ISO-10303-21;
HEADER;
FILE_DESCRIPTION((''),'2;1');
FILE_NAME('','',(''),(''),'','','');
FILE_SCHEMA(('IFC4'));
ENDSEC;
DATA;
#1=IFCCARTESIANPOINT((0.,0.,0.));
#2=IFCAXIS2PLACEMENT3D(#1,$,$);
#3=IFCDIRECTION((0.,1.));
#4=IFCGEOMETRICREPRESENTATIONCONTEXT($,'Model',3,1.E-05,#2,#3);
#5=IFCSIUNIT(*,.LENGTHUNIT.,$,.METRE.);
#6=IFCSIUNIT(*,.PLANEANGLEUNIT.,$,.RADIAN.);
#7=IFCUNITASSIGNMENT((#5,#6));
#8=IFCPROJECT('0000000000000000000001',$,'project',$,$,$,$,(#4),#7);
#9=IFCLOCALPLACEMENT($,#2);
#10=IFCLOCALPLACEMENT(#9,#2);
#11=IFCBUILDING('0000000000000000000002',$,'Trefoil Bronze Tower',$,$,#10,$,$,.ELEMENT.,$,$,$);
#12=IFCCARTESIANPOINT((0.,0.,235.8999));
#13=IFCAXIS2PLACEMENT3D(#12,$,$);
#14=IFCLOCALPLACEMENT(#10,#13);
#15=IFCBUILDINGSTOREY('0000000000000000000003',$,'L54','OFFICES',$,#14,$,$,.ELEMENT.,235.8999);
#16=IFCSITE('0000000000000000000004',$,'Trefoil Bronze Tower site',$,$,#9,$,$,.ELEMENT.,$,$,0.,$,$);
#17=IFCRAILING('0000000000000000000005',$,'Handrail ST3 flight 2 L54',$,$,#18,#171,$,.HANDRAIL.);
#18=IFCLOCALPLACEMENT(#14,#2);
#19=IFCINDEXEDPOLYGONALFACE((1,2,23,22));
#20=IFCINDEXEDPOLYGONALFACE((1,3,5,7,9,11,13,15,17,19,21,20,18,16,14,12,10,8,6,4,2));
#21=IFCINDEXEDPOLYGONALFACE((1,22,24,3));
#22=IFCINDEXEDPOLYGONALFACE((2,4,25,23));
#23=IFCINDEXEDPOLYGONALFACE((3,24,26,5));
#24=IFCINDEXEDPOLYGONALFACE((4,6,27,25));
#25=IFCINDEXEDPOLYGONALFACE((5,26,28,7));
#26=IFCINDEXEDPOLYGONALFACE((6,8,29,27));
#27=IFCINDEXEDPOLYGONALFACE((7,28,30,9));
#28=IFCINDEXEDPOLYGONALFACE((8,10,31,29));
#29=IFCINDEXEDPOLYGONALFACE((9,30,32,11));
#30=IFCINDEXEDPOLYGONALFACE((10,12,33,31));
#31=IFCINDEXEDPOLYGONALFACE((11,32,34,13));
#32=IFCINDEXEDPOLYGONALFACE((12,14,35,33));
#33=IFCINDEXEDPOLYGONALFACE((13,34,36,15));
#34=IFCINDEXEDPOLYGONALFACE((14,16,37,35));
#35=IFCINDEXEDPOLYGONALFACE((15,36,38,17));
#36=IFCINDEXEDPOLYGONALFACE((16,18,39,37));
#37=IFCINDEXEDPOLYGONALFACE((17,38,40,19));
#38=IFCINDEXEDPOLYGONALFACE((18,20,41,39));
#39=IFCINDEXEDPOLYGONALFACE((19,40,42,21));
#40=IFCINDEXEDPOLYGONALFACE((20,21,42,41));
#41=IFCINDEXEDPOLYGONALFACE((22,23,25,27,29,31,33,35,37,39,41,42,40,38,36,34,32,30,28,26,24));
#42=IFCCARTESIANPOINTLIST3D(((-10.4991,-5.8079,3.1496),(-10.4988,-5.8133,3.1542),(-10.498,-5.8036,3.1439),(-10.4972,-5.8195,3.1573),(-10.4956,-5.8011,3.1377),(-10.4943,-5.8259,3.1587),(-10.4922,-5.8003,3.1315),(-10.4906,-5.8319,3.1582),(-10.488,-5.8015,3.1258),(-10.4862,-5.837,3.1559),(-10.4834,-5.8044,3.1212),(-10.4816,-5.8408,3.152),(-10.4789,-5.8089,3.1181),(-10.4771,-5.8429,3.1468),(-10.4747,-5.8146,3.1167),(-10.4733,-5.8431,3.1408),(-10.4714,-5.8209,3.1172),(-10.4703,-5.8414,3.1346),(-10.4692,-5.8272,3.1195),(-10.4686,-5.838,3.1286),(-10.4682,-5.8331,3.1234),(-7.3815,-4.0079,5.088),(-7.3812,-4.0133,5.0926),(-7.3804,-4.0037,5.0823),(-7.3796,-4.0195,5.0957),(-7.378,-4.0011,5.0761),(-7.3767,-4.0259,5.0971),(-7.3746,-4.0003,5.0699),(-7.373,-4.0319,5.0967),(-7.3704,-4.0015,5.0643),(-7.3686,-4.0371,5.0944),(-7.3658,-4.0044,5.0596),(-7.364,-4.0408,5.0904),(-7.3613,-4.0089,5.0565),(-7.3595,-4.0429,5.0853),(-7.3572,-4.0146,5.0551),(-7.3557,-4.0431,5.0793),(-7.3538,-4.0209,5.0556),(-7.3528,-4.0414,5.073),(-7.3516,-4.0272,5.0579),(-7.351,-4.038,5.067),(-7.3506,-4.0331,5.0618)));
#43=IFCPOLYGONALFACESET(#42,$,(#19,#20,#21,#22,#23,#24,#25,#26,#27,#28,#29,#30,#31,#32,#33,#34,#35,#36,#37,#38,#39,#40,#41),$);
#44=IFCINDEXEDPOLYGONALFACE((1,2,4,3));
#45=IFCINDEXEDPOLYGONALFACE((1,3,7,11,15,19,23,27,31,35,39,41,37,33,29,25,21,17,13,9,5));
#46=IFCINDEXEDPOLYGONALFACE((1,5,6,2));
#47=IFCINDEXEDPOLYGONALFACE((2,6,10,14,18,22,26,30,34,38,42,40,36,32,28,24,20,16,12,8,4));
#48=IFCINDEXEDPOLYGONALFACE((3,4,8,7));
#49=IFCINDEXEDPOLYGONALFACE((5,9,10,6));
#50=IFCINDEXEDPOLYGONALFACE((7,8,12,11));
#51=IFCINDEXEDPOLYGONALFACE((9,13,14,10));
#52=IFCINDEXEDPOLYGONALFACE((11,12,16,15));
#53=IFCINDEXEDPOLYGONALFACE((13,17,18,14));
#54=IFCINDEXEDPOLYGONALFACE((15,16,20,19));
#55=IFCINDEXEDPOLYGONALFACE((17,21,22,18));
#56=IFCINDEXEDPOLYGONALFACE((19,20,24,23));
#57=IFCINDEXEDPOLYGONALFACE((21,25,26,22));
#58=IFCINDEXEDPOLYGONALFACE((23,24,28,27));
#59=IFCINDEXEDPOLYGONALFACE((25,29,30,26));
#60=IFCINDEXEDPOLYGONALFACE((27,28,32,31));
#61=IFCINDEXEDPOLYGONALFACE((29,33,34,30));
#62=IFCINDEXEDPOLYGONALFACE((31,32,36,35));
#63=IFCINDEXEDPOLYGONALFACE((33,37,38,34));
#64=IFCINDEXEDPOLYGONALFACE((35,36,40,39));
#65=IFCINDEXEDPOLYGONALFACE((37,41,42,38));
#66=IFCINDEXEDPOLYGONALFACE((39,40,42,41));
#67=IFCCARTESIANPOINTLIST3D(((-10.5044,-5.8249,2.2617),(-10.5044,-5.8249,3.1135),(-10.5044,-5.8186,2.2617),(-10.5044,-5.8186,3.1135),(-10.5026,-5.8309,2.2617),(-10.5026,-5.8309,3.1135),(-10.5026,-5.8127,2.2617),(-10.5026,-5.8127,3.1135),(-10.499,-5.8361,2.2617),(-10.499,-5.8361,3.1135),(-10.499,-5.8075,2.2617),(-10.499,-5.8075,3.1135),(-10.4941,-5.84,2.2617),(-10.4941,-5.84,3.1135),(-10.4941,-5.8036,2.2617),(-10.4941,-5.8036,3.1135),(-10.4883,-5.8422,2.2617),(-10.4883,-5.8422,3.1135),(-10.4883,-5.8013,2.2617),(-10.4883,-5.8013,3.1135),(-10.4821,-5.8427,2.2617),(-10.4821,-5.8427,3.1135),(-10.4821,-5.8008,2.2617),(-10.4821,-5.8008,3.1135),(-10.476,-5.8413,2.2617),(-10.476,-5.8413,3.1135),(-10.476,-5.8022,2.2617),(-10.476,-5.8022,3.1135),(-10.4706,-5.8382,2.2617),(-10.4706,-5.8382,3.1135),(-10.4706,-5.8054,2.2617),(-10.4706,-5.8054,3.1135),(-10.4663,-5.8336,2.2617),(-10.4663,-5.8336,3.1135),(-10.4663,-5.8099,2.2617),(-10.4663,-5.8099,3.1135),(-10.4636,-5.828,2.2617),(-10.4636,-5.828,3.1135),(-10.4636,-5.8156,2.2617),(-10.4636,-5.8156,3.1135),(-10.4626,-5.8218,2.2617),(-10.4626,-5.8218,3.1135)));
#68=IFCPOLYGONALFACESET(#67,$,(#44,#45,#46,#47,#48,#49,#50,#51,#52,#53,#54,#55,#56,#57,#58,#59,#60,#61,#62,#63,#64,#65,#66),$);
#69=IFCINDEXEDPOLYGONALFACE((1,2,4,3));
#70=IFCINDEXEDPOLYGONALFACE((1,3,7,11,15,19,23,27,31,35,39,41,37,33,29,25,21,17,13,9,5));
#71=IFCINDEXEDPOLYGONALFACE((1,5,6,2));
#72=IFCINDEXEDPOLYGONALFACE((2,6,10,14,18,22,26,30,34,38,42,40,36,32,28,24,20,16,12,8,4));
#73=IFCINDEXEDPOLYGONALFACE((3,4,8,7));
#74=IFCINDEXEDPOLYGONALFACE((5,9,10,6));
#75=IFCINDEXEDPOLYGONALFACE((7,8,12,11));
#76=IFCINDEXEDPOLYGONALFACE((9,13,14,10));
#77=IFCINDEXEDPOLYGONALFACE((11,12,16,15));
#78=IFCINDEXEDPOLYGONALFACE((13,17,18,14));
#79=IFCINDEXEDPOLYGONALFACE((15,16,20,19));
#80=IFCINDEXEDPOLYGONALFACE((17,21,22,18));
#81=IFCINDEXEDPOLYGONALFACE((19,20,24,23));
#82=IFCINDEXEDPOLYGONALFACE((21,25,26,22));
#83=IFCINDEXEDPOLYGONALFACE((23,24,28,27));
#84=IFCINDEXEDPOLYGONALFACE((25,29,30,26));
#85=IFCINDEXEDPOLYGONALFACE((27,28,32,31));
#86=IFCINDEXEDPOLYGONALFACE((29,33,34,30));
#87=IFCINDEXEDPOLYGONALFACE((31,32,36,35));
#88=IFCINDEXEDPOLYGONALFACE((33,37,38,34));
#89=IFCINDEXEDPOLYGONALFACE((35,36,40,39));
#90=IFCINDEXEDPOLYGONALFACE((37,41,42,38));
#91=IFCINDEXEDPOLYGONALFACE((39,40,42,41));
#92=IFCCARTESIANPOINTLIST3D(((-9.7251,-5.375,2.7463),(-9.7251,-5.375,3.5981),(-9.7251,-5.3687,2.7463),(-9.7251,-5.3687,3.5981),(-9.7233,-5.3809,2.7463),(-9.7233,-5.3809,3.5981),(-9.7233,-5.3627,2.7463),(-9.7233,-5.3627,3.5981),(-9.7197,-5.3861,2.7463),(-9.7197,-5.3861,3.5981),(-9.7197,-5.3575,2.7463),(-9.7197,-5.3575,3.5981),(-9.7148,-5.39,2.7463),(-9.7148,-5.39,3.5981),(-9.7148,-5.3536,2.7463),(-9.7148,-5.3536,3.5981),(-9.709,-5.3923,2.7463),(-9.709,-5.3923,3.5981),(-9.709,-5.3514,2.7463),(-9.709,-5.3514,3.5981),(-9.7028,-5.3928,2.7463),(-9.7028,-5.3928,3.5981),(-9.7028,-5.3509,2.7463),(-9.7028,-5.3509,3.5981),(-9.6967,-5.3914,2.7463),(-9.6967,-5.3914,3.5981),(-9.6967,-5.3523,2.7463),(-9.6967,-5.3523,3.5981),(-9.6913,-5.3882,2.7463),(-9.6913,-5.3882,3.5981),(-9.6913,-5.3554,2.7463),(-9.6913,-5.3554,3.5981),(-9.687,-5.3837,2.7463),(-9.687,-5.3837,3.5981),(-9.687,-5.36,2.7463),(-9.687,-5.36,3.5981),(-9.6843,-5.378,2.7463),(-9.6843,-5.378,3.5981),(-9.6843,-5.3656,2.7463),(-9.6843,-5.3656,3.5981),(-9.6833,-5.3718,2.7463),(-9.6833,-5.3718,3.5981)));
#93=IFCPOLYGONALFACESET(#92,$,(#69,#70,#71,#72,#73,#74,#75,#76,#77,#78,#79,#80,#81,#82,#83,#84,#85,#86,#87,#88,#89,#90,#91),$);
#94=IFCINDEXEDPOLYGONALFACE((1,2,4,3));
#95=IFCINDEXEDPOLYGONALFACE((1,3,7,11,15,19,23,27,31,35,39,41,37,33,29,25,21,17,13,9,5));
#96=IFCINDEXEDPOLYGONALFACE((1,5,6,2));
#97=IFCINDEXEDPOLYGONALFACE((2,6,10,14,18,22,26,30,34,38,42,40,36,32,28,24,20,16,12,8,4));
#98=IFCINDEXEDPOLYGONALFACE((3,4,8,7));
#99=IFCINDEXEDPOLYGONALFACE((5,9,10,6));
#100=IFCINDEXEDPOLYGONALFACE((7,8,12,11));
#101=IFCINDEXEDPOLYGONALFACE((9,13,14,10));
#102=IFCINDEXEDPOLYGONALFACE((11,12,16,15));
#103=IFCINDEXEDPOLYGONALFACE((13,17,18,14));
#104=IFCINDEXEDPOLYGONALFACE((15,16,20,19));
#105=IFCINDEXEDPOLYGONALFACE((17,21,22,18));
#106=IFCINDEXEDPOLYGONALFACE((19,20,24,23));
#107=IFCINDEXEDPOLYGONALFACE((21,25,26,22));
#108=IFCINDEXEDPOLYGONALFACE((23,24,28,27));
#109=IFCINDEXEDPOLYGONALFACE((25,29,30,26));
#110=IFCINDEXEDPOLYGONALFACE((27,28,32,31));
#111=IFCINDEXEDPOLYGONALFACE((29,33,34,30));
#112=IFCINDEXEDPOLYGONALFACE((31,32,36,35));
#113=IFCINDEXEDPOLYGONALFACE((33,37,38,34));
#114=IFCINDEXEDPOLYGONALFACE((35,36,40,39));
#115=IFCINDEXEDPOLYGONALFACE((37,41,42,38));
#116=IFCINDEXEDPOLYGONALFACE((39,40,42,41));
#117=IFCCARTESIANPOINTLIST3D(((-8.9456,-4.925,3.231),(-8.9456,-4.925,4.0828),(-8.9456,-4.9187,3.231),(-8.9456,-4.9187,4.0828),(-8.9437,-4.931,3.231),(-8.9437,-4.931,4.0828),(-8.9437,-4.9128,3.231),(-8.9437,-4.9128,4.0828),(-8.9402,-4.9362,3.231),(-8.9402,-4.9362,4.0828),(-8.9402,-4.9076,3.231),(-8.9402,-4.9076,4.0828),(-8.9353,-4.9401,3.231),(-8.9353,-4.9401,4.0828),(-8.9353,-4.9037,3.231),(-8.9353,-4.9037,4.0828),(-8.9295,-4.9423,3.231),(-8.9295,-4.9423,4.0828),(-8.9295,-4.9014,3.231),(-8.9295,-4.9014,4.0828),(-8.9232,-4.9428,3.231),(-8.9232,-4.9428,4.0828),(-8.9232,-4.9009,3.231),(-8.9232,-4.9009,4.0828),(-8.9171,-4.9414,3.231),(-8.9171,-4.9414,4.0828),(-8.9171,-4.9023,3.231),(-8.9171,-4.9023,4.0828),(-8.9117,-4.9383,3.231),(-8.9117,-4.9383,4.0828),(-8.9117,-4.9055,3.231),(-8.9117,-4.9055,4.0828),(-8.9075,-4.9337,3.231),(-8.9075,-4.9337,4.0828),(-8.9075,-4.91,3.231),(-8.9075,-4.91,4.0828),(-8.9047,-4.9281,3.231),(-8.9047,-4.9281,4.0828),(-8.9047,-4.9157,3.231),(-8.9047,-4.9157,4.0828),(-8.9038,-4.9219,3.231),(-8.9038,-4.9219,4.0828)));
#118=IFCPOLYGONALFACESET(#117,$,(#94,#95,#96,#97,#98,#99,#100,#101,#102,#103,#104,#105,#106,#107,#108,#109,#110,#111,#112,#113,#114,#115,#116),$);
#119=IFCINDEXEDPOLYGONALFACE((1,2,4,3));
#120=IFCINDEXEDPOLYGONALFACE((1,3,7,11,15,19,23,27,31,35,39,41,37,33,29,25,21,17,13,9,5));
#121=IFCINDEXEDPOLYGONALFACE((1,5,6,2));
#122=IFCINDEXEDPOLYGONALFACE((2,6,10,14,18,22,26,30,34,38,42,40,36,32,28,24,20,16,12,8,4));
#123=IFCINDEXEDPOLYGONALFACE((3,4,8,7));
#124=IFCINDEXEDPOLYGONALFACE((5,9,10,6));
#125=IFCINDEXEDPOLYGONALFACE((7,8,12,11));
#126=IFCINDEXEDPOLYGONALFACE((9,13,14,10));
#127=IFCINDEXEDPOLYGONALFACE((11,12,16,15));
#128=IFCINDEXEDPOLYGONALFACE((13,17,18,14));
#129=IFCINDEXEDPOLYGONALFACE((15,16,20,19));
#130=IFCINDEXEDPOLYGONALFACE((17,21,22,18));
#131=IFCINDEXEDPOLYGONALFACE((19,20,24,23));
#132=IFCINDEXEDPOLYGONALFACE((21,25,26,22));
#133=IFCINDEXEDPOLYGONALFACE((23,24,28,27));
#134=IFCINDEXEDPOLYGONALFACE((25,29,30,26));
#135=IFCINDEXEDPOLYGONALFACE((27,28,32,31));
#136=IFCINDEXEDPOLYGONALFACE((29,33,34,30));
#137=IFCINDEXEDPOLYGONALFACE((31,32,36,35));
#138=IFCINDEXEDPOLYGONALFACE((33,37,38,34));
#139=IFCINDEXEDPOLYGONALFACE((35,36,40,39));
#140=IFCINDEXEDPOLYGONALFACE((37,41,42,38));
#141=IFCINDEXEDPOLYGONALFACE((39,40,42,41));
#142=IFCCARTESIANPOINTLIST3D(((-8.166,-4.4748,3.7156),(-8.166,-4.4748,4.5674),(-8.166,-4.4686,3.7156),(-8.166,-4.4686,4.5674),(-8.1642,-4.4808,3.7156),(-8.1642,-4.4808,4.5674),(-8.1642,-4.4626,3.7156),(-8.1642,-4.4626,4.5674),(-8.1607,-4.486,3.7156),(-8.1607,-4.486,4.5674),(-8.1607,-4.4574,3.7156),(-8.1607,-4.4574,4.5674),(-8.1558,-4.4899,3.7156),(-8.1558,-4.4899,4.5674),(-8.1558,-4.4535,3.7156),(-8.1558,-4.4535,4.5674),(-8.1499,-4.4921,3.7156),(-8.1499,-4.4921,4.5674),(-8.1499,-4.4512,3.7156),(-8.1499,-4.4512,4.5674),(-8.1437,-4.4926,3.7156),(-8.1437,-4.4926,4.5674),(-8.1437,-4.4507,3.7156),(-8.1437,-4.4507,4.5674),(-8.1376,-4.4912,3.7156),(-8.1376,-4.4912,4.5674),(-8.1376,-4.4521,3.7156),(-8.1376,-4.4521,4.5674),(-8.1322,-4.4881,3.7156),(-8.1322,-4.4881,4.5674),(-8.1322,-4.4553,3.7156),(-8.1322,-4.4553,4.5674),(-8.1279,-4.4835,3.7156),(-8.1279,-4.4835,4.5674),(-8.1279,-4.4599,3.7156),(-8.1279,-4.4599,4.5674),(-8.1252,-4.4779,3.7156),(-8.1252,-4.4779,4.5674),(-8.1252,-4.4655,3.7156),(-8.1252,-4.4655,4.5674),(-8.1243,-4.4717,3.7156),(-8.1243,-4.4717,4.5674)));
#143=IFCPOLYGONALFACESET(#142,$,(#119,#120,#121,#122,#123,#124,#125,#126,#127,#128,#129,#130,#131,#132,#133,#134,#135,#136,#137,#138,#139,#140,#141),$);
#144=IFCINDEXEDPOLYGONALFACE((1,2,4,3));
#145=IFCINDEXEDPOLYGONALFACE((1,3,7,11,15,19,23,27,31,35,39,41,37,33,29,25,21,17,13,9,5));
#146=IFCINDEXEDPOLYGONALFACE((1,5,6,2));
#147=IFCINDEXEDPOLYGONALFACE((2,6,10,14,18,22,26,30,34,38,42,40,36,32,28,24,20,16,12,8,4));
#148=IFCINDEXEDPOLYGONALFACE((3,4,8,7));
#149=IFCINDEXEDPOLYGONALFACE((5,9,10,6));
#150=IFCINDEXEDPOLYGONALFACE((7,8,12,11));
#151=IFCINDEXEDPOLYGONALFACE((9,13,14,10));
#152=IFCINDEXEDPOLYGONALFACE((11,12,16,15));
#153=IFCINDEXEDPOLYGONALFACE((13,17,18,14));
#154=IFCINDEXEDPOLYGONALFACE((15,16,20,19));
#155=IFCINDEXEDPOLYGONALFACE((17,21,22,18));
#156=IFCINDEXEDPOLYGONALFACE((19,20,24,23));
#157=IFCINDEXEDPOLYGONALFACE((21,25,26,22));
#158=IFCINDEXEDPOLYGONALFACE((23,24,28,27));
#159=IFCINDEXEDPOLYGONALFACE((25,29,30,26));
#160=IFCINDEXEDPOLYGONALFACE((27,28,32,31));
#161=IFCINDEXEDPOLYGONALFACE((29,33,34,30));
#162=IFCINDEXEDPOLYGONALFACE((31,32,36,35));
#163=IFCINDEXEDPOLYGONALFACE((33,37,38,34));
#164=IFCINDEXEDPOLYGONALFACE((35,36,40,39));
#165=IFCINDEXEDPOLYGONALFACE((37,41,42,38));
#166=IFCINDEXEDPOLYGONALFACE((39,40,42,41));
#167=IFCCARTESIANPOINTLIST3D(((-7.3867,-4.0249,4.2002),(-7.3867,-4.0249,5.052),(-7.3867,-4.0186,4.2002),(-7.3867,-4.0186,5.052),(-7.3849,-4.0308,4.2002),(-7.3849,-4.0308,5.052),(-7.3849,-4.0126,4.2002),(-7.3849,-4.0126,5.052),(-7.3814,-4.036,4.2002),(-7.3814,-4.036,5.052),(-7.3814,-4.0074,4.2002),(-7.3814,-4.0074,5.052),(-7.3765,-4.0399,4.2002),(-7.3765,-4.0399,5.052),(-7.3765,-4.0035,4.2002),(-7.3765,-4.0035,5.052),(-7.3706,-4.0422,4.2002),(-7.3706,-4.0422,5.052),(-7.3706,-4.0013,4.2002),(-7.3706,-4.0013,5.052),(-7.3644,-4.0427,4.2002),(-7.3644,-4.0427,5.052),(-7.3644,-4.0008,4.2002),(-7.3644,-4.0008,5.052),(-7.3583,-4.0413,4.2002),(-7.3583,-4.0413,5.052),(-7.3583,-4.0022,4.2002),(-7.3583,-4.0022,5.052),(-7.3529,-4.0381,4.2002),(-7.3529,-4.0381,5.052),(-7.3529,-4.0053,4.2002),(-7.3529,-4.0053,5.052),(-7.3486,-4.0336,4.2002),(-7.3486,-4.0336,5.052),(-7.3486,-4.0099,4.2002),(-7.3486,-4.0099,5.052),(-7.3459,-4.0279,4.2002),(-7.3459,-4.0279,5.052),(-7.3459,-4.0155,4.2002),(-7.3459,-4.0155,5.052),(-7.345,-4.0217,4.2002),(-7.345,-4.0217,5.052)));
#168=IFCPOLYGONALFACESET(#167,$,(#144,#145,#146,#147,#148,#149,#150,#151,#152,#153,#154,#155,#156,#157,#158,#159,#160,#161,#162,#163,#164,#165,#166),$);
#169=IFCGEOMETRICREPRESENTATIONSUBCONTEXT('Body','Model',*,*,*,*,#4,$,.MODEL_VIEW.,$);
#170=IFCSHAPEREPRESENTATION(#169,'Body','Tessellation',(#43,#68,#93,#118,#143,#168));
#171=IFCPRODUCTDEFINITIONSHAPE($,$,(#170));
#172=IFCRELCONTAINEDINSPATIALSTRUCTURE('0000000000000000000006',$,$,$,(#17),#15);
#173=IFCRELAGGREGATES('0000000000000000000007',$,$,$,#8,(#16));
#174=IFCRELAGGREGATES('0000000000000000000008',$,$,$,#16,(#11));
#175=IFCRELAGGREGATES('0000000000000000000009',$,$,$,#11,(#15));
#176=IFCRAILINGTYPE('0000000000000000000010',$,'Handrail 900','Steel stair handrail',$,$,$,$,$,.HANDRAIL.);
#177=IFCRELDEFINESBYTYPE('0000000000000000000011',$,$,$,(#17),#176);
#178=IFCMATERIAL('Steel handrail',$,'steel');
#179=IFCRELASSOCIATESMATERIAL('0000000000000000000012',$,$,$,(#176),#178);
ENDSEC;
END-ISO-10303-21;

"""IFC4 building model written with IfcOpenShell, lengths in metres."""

from ifc_helpers import new_model, si_unit, direction, frame, origin, origin_2d, place, context, subcontext, project, spatial, circle, extrude, material, type_object, element, save


model = new_model("IFC4")

# Units and contexts
model_context = context("Model", 3, precision=1e-05, world=origin(), true_north=direction((0.0, 1.0)))
body_context = subcontext(model_context, "Body", "Model", "MODEL_VIEW")
ifc_project = project(units=[si_unit("LENGTHUNIT", "METRE"), si_unit("PLANEANGLEUNIT", "RADIAN")], contexts=[model_context])

# Site, building, storey
site_placement = place(None, origin())
site = spatial("IfcSite", under=ifc_project, at=site_placement, Name="Trefoil Bronze Tower site", CompositionType="ELEMENT", RefElevation=0.0)
building_placement = place(site_placement, origin())
building = spatial("IfcBuilding", under=site, at=building_placement, Name="Trefoil Bronze Tower", CompositionType="ELEMENT")
storey_placement = place(building_placement, frame((0.0, 0.0, 235.8999)))
storey = spatial("IfcBuildingStorey", under=building, at=storey_placement, Name="L54", Description="OFFICES", CompositionType="ELEMENT", Elevation=235.8999)

# Railing
ifc_material_1 = material(Name="Steel handrail", Category="steel")
railing_type = type_object("IfcRailingType", Name="Handrail 900", Description="Steel stair handrail", PredefinedType="HANDRAIL", material=ifc_material_1)
railing_1_placement = place(storey_placement, frame((-10.4836, -5.8218, 2.2617)))
element("IfcRailing", 1, at=railing_1_placement, inside=storey, type_object=railing_type, Name="Handrail ST3 flight 2 L54", PredefinedType="HANDRAIL", context=body_context, shape_type="SweptSolid", body=[
    extrude(circle(Radius=0.0239, at=origin_2d()), frame((0.0, 0.0, 0.876), z_axis=(0.762503, 0.440246, 0.474102), x_axis=(-0.500012, 0.866018, 0.0)), (0.0, 0.0, 1.0), 4.0886),
    extrude(circle(Radius=0.021, at=origin_2d()), origin(), (0.0, 0.0, 1.0), 0.8518),
    extrude(circle(Radius=0.021, at=origin_2d()), frame((0.7793, 0.45, 0.4846)), (0.0, 0.0, 1.0), 0.8518),
    extrude(circle(Radius=0.021, at=origin_2d()), frame((1.5588, 0.8999, 0.9692)), (0.0, 0.0, 1.0), 0.8518),
    extrude(circle(Radius=0.021, at=origin_2d()), frame((2.3384, 1.3501, 1.4539)), (0.0, 0.0, 1.0), 0.8518),
    extrude(circle(Radius=0.021, at=origin_2d()), frame((3.1177, 1.8, 1.9385)), (0.0, 0.0, 1.0), 0.8518),
])

save(model, "model.ifc")
